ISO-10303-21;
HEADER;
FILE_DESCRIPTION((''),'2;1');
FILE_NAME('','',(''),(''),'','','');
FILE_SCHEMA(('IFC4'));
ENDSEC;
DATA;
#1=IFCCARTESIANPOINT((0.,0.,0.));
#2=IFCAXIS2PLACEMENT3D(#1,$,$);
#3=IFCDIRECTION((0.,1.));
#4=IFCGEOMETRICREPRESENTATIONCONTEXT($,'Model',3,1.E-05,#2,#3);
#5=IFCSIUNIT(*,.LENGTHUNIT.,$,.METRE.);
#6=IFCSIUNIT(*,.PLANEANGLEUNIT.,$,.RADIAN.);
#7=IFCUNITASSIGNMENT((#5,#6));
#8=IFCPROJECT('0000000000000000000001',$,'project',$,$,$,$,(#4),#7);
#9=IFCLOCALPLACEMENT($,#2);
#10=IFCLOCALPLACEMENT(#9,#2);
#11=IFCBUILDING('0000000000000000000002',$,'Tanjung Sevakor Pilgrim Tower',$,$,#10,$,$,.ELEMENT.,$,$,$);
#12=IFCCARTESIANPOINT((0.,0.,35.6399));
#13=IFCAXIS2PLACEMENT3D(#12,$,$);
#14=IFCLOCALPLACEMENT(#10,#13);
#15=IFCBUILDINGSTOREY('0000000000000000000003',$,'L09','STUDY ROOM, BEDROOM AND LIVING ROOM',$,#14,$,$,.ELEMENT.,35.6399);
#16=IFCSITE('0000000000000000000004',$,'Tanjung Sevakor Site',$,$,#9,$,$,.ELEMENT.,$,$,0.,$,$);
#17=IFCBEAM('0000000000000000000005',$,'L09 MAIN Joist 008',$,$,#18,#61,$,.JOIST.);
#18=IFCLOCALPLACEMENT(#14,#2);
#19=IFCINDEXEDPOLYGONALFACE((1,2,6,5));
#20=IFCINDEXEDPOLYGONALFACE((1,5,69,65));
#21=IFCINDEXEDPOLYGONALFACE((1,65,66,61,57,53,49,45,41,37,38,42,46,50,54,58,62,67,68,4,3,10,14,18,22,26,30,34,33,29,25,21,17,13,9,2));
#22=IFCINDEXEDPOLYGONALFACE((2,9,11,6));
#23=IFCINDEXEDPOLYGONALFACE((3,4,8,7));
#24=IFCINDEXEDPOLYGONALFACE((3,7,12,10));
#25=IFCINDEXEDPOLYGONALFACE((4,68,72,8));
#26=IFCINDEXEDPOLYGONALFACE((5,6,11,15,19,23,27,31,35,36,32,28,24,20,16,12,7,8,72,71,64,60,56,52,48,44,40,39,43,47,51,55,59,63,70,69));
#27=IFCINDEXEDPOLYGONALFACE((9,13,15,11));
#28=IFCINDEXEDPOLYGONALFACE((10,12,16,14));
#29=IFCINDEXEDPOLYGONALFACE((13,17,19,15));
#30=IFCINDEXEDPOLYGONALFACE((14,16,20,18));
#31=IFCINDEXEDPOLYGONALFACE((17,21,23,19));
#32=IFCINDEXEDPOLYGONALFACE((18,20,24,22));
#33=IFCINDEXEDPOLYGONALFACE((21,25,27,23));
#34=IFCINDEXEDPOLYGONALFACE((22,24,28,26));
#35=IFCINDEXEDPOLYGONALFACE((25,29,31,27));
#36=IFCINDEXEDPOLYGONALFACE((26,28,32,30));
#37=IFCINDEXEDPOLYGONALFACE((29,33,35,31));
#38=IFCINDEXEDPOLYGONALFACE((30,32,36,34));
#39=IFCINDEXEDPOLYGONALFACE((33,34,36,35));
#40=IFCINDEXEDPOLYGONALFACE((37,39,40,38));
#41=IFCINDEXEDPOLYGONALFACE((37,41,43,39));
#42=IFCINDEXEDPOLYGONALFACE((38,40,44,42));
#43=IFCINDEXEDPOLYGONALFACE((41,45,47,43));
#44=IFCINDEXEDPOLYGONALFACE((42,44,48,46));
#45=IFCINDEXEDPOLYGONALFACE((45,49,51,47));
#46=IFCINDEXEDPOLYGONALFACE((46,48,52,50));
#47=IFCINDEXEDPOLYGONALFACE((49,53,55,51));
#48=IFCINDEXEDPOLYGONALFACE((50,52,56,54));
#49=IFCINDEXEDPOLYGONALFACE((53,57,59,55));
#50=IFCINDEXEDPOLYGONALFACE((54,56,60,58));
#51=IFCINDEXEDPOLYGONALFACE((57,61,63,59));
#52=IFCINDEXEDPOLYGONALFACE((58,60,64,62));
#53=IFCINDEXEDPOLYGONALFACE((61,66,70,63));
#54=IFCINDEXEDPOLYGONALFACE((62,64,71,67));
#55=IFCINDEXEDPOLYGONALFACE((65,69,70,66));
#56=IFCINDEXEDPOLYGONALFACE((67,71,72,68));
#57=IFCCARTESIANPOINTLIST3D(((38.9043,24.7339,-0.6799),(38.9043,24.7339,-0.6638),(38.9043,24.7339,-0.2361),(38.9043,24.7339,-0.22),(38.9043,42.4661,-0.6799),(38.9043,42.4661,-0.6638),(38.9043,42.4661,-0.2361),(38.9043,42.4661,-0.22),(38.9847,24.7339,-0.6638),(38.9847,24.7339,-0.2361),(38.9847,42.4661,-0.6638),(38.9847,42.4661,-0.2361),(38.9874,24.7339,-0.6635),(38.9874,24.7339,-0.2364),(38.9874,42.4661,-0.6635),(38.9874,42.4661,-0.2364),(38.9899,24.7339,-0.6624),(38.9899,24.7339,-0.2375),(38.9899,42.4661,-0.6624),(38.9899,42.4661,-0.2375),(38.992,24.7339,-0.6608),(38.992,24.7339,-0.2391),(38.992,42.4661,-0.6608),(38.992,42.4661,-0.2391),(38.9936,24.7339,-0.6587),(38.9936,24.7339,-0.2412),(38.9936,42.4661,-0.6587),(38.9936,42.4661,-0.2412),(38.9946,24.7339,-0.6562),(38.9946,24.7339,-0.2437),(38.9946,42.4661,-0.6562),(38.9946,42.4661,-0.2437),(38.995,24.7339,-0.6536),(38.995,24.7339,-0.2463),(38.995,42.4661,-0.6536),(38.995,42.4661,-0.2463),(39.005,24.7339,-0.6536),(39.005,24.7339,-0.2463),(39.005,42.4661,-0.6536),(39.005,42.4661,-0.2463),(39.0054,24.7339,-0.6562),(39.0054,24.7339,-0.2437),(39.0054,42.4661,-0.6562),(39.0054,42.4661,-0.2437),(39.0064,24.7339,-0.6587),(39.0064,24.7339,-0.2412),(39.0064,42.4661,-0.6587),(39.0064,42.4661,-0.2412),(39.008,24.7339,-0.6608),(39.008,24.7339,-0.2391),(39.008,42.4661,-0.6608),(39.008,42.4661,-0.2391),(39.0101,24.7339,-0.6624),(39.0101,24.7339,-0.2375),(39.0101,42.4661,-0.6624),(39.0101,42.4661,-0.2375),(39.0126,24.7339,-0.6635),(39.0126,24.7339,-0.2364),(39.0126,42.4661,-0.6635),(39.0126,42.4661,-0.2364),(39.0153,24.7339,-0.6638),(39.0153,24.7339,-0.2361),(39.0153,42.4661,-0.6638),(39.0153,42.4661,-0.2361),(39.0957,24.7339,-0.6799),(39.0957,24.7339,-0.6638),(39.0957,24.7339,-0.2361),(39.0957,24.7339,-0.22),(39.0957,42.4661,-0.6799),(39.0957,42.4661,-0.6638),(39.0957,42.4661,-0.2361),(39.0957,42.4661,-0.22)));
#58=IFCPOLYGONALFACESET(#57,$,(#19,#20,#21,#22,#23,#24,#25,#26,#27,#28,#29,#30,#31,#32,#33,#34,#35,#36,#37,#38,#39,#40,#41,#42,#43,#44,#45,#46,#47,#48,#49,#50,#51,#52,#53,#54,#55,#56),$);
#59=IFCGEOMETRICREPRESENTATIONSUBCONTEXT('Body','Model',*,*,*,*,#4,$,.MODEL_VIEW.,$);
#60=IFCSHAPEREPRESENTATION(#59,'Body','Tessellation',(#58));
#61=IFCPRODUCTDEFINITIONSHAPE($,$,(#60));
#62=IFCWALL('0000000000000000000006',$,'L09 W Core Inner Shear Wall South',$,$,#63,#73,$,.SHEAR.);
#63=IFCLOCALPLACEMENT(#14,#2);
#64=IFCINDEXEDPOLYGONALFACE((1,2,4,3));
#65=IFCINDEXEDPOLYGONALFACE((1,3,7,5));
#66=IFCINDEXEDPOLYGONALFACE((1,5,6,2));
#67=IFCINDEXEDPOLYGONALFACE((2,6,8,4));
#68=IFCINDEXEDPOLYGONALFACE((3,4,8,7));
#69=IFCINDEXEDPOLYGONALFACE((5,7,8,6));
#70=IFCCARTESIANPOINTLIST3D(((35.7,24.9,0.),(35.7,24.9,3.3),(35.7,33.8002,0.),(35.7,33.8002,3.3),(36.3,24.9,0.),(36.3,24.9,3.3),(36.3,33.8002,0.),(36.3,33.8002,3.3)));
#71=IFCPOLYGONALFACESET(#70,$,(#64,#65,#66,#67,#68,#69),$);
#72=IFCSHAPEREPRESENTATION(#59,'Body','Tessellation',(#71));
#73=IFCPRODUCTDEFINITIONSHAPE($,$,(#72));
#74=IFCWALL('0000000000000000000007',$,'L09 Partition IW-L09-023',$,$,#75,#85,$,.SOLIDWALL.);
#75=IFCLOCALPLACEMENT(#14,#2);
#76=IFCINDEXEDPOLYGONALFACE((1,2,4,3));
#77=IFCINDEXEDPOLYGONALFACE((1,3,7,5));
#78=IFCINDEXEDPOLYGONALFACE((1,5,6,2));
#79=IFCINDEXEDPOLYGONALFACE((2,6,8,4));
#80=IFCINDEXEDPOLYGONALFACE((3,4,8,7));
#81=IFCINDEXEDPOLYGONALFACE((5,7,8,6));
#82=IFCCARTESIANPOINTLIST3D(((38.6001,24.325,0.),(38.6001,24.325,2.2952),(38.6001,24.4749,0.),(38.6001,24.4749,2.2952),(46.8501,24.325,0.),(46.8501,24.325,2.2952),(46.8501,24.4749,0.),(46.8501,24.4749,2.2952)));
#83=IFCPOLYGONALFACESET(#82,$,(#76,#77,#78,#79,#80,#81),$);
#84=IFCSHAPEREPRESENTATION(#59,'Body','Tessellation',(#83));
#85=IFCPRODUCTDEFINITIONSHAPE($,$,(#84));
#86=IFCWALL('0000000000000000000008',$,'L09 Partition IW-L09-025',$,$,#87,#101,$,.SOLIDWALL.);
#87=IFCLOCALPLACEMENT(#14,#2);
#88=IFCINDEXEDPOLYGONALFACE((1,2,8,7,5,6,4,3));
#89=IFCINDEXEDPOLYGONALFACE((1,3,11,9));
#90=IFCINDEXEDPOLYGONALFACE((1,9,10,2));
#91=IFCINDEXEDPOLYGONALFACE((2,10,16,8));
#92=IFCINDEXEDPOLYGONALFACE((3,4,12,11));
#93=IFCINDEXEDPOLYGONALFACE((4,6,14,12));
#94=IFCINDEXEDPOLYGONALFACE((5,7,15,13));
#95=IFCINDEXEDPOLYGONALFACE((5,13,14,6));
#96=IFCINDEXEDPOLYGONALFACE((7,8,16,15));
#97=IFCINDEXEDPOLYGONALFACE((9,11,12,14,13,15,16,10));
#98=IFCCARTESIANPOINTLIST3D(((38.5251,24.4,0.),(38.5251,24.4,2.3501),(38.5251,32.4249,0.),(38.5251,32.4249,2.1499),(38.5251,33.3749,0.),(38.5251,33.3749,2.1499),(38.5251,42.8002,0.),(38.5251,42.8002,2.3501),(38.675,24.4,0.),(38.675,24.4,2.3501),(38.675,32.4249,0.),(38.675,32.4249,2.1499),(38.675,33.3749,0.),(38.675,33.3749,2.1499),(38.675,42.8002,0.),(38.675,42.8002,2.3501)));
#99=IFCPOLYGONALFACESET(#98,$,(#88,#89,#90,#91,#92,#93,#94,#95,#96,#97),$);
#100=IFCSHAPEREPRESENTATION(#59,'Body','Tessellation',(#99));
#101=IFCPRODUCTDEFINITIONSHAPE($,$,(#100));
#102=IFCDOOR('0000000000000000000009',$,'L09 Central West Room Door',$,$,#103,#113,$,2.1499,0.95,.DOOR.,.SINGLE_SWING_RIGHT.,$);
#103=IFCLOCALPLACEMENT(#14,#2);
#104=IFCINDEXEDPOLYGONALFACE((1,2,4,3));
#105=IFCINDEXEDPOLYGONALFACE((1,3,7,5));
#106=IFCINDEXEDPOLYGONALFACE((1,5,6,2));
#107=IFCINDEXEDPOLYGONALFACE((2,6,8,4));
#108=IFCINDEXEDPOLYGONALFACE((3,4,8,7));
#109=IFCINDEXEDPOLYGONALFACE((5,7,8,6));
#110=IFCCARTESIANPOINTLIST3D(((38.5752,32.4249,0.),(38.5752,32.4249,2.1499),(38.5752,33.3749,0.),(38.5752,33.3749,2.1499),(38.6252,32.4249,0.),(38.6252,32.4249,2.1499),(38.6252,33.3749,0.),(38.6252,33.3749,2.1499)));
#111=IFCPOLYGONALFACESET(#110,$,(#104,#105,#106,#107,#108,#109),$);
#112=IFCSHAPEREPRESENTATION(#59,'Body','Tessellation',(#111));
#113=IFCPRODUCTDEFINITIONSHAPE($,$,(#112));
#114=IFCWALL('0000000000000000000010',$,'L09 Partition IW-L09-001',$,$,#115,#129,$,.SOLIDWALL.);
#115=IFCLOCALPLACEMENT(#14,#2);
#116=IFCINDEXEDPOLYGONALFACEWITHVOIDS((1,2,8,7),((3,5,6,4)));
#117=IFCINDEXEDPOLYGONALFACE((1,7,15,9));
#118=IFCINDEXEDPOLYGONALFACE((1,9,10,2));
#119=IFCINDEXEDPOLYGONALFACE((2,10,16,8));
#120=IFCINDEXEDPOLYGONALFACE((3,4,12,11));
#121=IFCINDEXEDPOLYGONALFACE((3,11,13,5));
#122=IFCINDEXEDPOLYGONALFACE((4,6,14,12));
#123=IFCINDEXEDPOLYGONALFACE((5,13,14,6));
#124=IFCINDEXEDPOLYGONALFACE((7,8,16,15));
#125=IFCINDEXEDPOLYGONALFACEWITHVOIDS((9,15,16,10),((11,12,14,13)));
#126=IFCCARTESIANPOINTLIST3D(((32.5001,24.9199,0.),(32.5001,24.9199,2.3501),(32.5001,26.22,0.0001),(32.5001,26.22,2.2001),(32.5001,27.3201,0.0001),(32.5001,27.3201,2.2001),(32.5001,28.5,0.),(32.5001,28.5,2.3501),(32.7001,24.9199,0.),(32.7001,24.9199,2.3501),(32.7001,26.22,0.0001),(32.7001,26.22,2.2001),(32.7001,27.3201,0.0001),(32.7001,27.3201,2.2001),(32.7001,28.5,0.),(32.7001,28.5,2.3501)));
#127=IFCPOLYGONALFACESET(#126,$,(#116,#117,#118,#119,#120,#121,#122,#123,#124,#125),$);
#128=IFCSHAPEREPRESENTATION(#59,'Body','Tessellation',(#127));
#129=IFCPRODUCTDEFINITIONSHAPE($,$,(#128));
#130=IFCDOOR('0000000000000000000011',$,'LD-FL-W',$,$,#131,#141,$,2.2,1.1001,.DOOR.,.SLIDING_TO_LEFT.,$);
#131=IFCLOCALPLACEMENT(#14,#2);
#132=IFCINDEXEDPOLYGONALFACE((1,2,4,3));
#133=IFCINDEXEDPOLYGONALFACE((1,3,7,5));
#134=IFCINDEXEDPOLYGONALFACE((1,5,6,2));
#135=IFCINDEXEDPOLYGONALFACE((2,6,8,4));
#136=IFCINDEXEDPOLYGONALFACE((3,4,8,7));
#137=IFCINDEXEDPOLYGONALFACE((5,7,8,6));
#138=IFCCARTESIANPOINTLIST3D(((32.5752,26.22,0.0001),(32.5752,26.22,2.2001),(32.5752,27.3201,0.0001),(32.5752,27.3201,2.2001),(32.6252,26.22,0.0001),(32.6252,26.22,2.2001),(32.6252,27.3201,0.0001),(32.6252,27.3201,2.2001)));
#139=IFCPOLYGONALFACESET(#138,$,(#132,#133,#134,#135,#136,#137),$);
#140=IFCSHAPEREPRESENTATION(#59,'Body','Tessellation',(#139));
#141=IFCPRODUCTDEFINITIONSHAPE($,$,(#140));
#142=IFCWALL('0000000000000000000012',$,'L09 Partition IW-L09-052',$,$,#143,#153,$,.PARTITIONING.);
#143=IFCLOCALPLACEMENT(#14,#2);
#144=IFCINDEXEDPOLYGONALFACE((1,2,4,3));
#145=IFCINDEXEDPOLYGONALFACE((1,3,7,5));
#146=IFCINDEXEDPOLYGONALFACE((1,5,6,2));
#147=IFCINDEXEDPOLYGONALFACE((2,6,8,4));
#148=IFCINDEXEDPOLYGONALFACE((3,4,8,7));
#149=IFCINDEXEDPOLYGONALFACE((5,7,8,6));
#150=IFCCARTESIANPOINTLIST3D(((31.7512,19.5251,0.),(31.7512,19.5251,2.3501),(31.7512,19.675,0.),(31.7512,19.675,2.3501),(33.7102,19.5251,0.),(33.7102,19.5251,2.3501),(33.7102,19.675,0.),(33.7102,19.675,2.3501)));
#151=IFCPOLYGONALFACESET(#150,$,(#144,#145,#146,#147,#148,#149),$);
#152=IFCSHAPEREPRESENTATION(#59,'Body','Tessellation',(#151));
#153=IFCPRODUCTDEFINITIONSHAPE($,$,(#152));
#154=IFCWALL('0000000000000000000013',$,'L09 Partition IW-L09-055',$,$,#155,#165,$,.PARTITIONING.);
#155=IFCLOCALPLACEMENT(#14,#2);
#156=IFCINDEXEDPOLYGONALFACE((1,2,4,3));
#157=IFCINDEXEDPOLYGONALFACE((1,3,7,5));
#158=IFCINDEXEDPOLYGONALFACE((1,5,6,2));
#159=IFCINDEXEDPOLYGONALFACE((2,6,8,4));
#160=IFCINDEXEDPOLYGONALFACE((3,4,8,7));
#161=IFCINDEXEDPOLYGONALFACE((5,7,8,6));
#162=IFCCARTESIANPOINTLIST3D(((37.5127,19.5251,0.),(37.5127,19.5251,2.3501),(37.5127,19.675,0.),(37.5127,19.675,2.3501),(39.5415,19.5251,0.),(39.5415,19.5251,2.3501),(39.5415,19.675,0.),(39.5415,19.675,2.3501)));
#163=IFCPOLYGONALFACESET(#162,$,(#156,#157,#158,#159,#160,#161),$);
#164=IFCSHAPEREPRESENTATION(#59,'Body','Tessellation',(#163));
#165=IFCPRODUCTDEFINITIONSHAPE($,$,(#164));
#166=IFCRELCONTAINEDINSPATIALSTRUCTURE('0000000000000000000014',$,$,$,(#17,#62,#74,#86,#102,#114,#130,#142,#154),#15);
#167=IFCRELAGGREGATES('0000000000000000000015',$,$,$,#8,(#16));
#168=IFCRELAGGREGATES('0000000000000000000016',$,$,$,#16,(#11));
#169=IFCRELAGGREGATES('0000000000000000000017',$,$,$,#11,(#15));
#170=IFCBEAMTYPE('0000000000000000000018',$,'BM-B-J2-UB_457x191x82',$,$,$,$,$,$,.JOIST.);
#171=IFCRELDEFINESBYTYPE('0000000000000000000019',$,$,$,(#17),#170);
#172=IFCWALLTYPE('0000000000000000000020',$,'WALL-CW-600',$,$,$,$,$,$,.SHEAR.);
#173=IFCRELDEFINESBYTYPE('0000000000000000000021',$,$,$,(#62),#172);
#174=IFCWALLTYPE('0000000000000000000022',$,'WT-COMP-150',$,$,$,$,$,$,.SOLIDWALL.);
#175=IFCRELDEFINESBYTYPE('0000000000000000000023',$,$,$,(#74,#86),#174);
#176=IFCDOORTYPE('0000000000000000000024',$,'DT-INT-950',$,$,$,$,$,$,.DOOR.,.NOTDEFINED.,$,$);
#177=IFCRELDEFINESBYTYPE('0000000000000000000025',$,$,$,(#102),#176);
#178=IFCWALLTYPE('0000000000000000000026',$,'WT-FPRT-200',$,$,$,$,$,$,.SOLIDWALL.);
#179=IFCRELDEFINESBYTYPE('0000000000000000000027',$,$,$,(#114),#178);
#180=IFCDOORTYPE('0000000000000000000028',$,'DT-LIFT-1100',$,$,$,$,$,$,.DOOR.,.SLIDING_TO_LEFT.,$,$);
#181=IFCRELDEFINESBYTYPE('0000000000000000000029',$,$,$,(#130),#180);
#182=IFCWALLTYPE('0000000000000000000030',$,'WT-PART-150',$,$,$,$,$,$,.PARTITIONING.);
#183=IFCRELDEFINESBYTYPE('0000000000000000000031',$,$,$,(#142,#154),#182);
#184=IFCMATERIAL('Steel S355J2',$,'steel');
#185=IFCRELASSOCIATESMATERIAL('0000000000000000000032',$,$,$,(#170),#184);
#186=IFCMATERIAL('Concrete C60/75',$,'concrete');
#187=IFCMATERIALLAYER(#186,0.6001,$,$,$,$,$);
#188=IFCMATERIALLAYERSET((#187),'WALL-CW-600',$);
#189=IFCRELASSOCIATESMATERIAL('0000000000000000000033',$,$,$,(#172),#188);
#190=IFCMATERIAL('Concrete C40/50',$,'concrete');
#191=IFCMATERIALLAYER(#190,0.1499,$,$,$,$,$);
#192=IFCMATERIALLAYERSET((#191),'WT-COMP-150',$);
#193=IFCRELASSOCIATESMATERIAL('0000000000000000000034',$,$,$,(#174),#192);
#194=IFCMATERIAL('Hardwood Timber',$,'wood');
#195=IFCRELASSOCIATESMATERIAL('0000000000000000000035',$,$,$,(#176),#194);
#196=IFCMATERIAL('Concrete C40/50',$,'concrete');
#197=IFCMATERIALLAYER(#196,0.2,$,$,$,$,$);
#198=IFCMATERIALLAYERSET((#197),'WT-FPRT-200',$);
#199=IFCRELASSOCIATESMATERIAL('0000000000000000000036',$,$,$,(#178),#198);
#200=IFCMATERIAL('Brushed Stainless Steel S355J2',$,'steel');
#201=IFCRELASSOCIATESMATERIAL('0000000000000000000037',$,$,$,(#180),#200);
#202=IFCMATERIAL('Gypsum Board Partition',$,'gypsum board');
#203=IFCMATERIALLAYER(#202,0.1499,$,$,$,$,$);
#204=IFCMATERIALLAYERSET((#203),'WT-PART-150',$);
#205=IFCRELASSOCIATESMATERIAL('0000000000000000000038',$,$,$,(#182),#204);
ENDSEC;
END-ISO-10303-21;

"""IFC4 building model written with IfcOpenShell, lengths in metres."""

from ifc_helpers import new_model, si_unit, direction, frame, frame_2d, origin, origin_2d, place, context, subcontext, project, spatial, rectangle, i_section, extrude, material, layer, layer_set, material_profile, profile_set, type_object, element, fill, save


model = new_model("IFC4")

# Units and contexts
model_context = context("Model", 3, precision=1e-05, world=origin(), true_north=direction((0.0, 1.0)))
body_context = subcontext(model_context, "Body", "Model", "MODEL_VIEW")
ifc_project = project(units=[si_unit("LENGTHUNIT", "METRE"), si_unit("PLANEANGLEUNIT", "RADIAN")], contexts=[model_context])

# Site, building, storey
site_placement = place(None, origin())
site = spatial("IfcSite", under=ifc_project, at=site_placement, Name="Tanjung Sevakor Site", CompositionType="ELEMENT", RefElevation=0.0)
building_placement = place(site_placement, origin())
building = spatial("IfcBuilding", under=site, at=building_placement, Name="Tanjung Sevakor Pilgrim Tower", CompositionType="ELEMENT")
storey_placement = place(building_placement, frame((0.0, 0.0, 35.6399)))
storey = spatial("IfcBuildingStorey", under=building, at=storey_placement, Name="L09", Description="STUDY ROOM, BEDROOM AND LIVING ROOM", CompositionType="ELEMENT", Elevation=35.6399)

# Beam
ifc_material_1 = material(Name="Steel S355J2", Category="steel")
ifc_material_profile_1 = material_profile(ifc_material_1, i_section(OverallWidth=0.1914, OverallDepth=0.46, WebThickness=0.01, FlangeThickness=0.0161, FilletRadius=0.0103, at=origin_2d()))
ifc_profile_set_1 = profile_set([ifc_material_profile_1], Name="Steel S355J2")
beam_type_1 = type_object("IfcBeamType", Name="BM-B-J2-UB_457x191x82", PredefinedType="JOIST", material=ifc_profile_set_1)
beam_1_placement = place(storey_placement, frame((39.0, 24.7339, -0.45), z_axis=(0.0, 1.0, 0.0), x_axis=(-1.0, 0.0, 0.0)))
element("IfcBeam", 1, at=beam_1_placement, inside=storey, type_object=beam_type_1, Name="L09 MAIN Joist 008", PredefinedType="JOIST", context=body_context, shape_type="SweptSolid", body=[
    extrude(i_section(OverallWidth=0.1914, OverallDepth=0.46, WebThickness=0.01, FlangeThickness=0.0161, FilletRadius=0.0103, at=origin_2d()), origin(), (0.0, 0.0, 1.0), 17.7322),
])

# Wall
ifc_material_2 = material(Name="Concrete C60/75", Category="concrete")
ifc_layer_1 = layer(ifc_material_2, 0.6001)
ifc_layer_set_1 = layer_set([ifc_layer_1], Name="WALL-CW-600")
wall_type_1 = type_object("IfcWallType", Name="WALL-CW-600", PredefinedType="SHEAR", material=ifc_layer_set_1)
wall_1_placement = place(storey_placement, frame((36.0, 24.8999, 0.0), z_axis=(0.0, 0.0, 1.0), x_axis=(0.0, 1.0, 0.0)))
element("IfcWall", 2, at=wall_1_placement, inside=storey, type_object=wall_type_1, Name="L09 W Core Inner Shear Wall South", PredefinedType="SHEAR", context=body_context, shape_type="SweptSolid", body=[
    extrude(rectangle(XDim=8.9001, YDim=0.6001, at=frame_2d((4.4502, 0.0))), origin(), (0.0, 0.0, 1.0), 3.3),
])

# Wall
ifc_material_3 = material(Name="Concrete C40/50", Category="concrete")
ifc_layer_2 = layer(ifc_material_3, 0.1499)
ifc_layer_set_2 = layer_set([ifc_layer_2], Name="WT-COMP-150")
wall_type_2 = type_object("IfcWallType", Name="WT-COMP-150", PredefinedType="SOLIDWALL", material=ifc_layer_set_2)
wall_2_placement = place(storey_placement, frame((38.6001, 24.3999, 0.0), z_axis=(0.0, 0.0, 1.0), x_axis=(1.0, 0.0, 0.0)))
element("IfcWall", 3, at=wall_2_placement, inside=storey, type_object=wall_type_2, Name="L09 Partition IW-L09-023", PredefinedType="SOLIDWALL", context=body_context, shape_type="SweptSolid", body=[
    extrude(rectangle(XDim=8.25, YDim=0.1499, at=frame_2d((4.125, 0.0))), origin(), (0.0, 0.0, 1.0), 2.2952),
])

# Walls, openings, doors
wall_3_placement = place(storey_placement, frame((38.6001, 24.3999, 0.0), z_axis=(0.0, 0.0, 1.0), x_axis=(0.0, 1.0, 0.0)))
wall_3 = element("IfcWall", 4, at=wall_3_placement, inside=storey, type_object=wall_type_2, Name="L09 Partition IW-L09-025", PredefinedType="SOLIDWALL", context=body_context, shape_type="SweptSolid", body=[
    extrude(rectangle(XDim=18.4001, YDim=0.1499, at=frame_2d((9.2002, 0.0))), origin(), (0.0, 0.0, 1.0), 2.3501),
])
opening_1_placement = place(wall_3_placement, frame((8.0249, 0.0, 0.0)))
opening_1 = element("IfcOpeningElement", 5, at=opening_1_placement, cuts=wall_3, PredefinedType="OPENING", context=body_context, shape_type="SweptSolid", body=[
    extrude(rectangle(XDim=0.95, YDim=2.1499, at=frame_2d((0.4751, 1.075))), frame((0.0, 0.085, 0.0), z_axis=(0.0, -1.0, 0.0), x_axis=(1.0, 0.0, 0.0)), (0.0, 0.0, 1.0), 0.1699),
])
ifc_material_4 = material(Name="Hardwood Timber", Category="wood")
door_type_1 = type_object("IfcDoorType", Name="DT-INT-950", OperationType="NOTDEFINED", PredefinedType="DOOR", material=ifc_material_4)
door_1_placement = place(opening_1_placement, origin())
door_1 = element("IfcDoor", 6, at=door_1_placement, inside=storey, type_object=door_type_1, Name="L09 Central West Room Door", OperationType="SINGLE_SWING_RIGHT", OverallHeight=2.1499, OverallWidth=0.95, PredefinedType="DOOR", context=body_context, shape_type="SweptSolid", body=[
    extrude(rectangle(XDim=0.95, YDim=2.1499, at=frame_2d((0.4751, 1.075))), frame((0.0, 0.0249, 0.0), z_axis=(0.0, -1.0, 0.0), x_axis=(1.0, 0.0, 0.0)), (0.0, 0.0, 1.0), 0.05),
])
fill(opening_1, door_1)
ifc_material_5 = material(Name="Concrete C40/50", Category="concrete")
ifc_layer_3 = layer(ifc_material_5, 0.2)
ifc_layer_set_3 = layer_set([ifc_layer_3], Name="WT-FPRT-200")
wall_type_3 = type_object("IfcWallType", Name="WT-FPRT-200", PredefinedType="SOLIDWALL", material=ifc_layer_set_3)
wall_4_placement = place(storey_placement, frame((32.6001, 24.9199, 0.0), z_axis=(0.0, 0.0, 1.0), x_axis=(0.0, 1.0, 0.0)))
wall_4 = element("IfcWall", 7, at=wall_4_placement, inside=storey, type_object=wall_type_3, Name="L09 Partition IW-L09-001", PredefinedType="SOLIDWALL", context=body_context, shape_type="SweptSolid", body=[
    extrude(rectangle(XDim=3.5801, YDim=0.2, at=frame_2d((1.79, 0.0))), origin(), (0.0, 0.0, 1.0), 2.3501),
])
opening_2_placement = place(wall_4_placement, frame((1.3, 0.0, 0.0)))
opening_2 = element("IfcOpeningElement", 8, at=opening_2_placement, cuts=wall_4, PredefinedType="OPENING", context=body_context, shape_type="SweptSolid", body=[
    extrude(rectangle(XDim=1.1001, YDim=2.2, at=frame_2d((0.55, 1.1001))), frame((0.0, 0.1099, 0.0), z_axis=(0.0, -1.0, 0.0), x_axis=(1.0, 0.0, 0.0)), (0.0, 0.0, 1.0), 0.22),
])
ifc_material_6 = material(Name="Brushed Stainless Steel S355J2", Category="steel")
door_type_2 = type_object("IfcDoorType", Name="DT-LIFT-1100", OperationType="SLIDING_TO_LEFT", PredefinedType="DOOR", material=ifc_material_6)
door_2_placement = place(opening_2_placement, origin())
door_2 = element("IfcDoor", 9, at=door_2_placement, inside=storey, type_object=door_type_2, Name="LD-FL-W", OperationType="SLIDING_TO_LEFT", OverallHeight=2.2, OverallWidth=1.1001, PredefinedType="DOOR", context=body_context, shape_type="SweptSolid", body=[
    extrude(rectangle(XDim=1.1001, YDim=2.2, at=frame_2d((0.55, 1.1001))), frame((0.0, 0.0249, 0.0), z_axis=(0.0, -1.0, 0.0), x_axis=(1.0, 0.0, 0.0)), (0.0, 0.0, 1.0), 0.05),
])
fill(opening_2, door_2)

# Walls
ifc_material_7 = material(Name="Gypsum Board Partition", Category="gypsum board")
ifc_layer_4 = layer(ifc_material_7, 0.1499)
ifc_layer_set_4 = layer_set([ifc_layer_4], Name="WT-PART-150")
wall_type_4 = type_object("IfcWallType", Name="WT-PART-150", PredefinedType="PARTITIONING", material=ifc_layer_set_4)
wall_5_placement = place(storey_placement, frame((31.7512, 19.6001, 0.0), z_axis=(0.0, 0.0, 1.0), x_axis=(1.0, 0.0, 0.0)))
element("IfcWall", 10, at=wall_5_placement, inside=storey, type_object=wall_type_4, Name="L09 Partition IW-L09-052", PredefinedType="PARTITIONING", context=body_context, shape_type="SweptSolid", body=[
    extrude(rectangle(XDim=1.959, YDim=0.1499, at=frame_2d((0.9795, 0.0))), origin(), (0.0, 0.0, 1.0), 2.3501),
])
wall_6_placement = place(storey_placement, frame((37.5127, 19.6001, 0.0), z_axis=(0.0, 0.0, 1.0), x_axis=(1.0, 0.0, 0.0)))
element("IfcWall", 11, at=wall_6_placement, inside=storey, type_object=wall_type_4, Name="L09 Partition IW-L09-055", PredefinedType="PARTITIONING", context=body_context, shape_type="SweptSolid", body=[
    extrude(rectangle(XDim=2.0288, YDim=0.1499, at=frame_2d((1.0144, 0.0))), origin(), (0.0, 0.0, 1.0), 2.3501),
])

save(model, "model.ifc")
